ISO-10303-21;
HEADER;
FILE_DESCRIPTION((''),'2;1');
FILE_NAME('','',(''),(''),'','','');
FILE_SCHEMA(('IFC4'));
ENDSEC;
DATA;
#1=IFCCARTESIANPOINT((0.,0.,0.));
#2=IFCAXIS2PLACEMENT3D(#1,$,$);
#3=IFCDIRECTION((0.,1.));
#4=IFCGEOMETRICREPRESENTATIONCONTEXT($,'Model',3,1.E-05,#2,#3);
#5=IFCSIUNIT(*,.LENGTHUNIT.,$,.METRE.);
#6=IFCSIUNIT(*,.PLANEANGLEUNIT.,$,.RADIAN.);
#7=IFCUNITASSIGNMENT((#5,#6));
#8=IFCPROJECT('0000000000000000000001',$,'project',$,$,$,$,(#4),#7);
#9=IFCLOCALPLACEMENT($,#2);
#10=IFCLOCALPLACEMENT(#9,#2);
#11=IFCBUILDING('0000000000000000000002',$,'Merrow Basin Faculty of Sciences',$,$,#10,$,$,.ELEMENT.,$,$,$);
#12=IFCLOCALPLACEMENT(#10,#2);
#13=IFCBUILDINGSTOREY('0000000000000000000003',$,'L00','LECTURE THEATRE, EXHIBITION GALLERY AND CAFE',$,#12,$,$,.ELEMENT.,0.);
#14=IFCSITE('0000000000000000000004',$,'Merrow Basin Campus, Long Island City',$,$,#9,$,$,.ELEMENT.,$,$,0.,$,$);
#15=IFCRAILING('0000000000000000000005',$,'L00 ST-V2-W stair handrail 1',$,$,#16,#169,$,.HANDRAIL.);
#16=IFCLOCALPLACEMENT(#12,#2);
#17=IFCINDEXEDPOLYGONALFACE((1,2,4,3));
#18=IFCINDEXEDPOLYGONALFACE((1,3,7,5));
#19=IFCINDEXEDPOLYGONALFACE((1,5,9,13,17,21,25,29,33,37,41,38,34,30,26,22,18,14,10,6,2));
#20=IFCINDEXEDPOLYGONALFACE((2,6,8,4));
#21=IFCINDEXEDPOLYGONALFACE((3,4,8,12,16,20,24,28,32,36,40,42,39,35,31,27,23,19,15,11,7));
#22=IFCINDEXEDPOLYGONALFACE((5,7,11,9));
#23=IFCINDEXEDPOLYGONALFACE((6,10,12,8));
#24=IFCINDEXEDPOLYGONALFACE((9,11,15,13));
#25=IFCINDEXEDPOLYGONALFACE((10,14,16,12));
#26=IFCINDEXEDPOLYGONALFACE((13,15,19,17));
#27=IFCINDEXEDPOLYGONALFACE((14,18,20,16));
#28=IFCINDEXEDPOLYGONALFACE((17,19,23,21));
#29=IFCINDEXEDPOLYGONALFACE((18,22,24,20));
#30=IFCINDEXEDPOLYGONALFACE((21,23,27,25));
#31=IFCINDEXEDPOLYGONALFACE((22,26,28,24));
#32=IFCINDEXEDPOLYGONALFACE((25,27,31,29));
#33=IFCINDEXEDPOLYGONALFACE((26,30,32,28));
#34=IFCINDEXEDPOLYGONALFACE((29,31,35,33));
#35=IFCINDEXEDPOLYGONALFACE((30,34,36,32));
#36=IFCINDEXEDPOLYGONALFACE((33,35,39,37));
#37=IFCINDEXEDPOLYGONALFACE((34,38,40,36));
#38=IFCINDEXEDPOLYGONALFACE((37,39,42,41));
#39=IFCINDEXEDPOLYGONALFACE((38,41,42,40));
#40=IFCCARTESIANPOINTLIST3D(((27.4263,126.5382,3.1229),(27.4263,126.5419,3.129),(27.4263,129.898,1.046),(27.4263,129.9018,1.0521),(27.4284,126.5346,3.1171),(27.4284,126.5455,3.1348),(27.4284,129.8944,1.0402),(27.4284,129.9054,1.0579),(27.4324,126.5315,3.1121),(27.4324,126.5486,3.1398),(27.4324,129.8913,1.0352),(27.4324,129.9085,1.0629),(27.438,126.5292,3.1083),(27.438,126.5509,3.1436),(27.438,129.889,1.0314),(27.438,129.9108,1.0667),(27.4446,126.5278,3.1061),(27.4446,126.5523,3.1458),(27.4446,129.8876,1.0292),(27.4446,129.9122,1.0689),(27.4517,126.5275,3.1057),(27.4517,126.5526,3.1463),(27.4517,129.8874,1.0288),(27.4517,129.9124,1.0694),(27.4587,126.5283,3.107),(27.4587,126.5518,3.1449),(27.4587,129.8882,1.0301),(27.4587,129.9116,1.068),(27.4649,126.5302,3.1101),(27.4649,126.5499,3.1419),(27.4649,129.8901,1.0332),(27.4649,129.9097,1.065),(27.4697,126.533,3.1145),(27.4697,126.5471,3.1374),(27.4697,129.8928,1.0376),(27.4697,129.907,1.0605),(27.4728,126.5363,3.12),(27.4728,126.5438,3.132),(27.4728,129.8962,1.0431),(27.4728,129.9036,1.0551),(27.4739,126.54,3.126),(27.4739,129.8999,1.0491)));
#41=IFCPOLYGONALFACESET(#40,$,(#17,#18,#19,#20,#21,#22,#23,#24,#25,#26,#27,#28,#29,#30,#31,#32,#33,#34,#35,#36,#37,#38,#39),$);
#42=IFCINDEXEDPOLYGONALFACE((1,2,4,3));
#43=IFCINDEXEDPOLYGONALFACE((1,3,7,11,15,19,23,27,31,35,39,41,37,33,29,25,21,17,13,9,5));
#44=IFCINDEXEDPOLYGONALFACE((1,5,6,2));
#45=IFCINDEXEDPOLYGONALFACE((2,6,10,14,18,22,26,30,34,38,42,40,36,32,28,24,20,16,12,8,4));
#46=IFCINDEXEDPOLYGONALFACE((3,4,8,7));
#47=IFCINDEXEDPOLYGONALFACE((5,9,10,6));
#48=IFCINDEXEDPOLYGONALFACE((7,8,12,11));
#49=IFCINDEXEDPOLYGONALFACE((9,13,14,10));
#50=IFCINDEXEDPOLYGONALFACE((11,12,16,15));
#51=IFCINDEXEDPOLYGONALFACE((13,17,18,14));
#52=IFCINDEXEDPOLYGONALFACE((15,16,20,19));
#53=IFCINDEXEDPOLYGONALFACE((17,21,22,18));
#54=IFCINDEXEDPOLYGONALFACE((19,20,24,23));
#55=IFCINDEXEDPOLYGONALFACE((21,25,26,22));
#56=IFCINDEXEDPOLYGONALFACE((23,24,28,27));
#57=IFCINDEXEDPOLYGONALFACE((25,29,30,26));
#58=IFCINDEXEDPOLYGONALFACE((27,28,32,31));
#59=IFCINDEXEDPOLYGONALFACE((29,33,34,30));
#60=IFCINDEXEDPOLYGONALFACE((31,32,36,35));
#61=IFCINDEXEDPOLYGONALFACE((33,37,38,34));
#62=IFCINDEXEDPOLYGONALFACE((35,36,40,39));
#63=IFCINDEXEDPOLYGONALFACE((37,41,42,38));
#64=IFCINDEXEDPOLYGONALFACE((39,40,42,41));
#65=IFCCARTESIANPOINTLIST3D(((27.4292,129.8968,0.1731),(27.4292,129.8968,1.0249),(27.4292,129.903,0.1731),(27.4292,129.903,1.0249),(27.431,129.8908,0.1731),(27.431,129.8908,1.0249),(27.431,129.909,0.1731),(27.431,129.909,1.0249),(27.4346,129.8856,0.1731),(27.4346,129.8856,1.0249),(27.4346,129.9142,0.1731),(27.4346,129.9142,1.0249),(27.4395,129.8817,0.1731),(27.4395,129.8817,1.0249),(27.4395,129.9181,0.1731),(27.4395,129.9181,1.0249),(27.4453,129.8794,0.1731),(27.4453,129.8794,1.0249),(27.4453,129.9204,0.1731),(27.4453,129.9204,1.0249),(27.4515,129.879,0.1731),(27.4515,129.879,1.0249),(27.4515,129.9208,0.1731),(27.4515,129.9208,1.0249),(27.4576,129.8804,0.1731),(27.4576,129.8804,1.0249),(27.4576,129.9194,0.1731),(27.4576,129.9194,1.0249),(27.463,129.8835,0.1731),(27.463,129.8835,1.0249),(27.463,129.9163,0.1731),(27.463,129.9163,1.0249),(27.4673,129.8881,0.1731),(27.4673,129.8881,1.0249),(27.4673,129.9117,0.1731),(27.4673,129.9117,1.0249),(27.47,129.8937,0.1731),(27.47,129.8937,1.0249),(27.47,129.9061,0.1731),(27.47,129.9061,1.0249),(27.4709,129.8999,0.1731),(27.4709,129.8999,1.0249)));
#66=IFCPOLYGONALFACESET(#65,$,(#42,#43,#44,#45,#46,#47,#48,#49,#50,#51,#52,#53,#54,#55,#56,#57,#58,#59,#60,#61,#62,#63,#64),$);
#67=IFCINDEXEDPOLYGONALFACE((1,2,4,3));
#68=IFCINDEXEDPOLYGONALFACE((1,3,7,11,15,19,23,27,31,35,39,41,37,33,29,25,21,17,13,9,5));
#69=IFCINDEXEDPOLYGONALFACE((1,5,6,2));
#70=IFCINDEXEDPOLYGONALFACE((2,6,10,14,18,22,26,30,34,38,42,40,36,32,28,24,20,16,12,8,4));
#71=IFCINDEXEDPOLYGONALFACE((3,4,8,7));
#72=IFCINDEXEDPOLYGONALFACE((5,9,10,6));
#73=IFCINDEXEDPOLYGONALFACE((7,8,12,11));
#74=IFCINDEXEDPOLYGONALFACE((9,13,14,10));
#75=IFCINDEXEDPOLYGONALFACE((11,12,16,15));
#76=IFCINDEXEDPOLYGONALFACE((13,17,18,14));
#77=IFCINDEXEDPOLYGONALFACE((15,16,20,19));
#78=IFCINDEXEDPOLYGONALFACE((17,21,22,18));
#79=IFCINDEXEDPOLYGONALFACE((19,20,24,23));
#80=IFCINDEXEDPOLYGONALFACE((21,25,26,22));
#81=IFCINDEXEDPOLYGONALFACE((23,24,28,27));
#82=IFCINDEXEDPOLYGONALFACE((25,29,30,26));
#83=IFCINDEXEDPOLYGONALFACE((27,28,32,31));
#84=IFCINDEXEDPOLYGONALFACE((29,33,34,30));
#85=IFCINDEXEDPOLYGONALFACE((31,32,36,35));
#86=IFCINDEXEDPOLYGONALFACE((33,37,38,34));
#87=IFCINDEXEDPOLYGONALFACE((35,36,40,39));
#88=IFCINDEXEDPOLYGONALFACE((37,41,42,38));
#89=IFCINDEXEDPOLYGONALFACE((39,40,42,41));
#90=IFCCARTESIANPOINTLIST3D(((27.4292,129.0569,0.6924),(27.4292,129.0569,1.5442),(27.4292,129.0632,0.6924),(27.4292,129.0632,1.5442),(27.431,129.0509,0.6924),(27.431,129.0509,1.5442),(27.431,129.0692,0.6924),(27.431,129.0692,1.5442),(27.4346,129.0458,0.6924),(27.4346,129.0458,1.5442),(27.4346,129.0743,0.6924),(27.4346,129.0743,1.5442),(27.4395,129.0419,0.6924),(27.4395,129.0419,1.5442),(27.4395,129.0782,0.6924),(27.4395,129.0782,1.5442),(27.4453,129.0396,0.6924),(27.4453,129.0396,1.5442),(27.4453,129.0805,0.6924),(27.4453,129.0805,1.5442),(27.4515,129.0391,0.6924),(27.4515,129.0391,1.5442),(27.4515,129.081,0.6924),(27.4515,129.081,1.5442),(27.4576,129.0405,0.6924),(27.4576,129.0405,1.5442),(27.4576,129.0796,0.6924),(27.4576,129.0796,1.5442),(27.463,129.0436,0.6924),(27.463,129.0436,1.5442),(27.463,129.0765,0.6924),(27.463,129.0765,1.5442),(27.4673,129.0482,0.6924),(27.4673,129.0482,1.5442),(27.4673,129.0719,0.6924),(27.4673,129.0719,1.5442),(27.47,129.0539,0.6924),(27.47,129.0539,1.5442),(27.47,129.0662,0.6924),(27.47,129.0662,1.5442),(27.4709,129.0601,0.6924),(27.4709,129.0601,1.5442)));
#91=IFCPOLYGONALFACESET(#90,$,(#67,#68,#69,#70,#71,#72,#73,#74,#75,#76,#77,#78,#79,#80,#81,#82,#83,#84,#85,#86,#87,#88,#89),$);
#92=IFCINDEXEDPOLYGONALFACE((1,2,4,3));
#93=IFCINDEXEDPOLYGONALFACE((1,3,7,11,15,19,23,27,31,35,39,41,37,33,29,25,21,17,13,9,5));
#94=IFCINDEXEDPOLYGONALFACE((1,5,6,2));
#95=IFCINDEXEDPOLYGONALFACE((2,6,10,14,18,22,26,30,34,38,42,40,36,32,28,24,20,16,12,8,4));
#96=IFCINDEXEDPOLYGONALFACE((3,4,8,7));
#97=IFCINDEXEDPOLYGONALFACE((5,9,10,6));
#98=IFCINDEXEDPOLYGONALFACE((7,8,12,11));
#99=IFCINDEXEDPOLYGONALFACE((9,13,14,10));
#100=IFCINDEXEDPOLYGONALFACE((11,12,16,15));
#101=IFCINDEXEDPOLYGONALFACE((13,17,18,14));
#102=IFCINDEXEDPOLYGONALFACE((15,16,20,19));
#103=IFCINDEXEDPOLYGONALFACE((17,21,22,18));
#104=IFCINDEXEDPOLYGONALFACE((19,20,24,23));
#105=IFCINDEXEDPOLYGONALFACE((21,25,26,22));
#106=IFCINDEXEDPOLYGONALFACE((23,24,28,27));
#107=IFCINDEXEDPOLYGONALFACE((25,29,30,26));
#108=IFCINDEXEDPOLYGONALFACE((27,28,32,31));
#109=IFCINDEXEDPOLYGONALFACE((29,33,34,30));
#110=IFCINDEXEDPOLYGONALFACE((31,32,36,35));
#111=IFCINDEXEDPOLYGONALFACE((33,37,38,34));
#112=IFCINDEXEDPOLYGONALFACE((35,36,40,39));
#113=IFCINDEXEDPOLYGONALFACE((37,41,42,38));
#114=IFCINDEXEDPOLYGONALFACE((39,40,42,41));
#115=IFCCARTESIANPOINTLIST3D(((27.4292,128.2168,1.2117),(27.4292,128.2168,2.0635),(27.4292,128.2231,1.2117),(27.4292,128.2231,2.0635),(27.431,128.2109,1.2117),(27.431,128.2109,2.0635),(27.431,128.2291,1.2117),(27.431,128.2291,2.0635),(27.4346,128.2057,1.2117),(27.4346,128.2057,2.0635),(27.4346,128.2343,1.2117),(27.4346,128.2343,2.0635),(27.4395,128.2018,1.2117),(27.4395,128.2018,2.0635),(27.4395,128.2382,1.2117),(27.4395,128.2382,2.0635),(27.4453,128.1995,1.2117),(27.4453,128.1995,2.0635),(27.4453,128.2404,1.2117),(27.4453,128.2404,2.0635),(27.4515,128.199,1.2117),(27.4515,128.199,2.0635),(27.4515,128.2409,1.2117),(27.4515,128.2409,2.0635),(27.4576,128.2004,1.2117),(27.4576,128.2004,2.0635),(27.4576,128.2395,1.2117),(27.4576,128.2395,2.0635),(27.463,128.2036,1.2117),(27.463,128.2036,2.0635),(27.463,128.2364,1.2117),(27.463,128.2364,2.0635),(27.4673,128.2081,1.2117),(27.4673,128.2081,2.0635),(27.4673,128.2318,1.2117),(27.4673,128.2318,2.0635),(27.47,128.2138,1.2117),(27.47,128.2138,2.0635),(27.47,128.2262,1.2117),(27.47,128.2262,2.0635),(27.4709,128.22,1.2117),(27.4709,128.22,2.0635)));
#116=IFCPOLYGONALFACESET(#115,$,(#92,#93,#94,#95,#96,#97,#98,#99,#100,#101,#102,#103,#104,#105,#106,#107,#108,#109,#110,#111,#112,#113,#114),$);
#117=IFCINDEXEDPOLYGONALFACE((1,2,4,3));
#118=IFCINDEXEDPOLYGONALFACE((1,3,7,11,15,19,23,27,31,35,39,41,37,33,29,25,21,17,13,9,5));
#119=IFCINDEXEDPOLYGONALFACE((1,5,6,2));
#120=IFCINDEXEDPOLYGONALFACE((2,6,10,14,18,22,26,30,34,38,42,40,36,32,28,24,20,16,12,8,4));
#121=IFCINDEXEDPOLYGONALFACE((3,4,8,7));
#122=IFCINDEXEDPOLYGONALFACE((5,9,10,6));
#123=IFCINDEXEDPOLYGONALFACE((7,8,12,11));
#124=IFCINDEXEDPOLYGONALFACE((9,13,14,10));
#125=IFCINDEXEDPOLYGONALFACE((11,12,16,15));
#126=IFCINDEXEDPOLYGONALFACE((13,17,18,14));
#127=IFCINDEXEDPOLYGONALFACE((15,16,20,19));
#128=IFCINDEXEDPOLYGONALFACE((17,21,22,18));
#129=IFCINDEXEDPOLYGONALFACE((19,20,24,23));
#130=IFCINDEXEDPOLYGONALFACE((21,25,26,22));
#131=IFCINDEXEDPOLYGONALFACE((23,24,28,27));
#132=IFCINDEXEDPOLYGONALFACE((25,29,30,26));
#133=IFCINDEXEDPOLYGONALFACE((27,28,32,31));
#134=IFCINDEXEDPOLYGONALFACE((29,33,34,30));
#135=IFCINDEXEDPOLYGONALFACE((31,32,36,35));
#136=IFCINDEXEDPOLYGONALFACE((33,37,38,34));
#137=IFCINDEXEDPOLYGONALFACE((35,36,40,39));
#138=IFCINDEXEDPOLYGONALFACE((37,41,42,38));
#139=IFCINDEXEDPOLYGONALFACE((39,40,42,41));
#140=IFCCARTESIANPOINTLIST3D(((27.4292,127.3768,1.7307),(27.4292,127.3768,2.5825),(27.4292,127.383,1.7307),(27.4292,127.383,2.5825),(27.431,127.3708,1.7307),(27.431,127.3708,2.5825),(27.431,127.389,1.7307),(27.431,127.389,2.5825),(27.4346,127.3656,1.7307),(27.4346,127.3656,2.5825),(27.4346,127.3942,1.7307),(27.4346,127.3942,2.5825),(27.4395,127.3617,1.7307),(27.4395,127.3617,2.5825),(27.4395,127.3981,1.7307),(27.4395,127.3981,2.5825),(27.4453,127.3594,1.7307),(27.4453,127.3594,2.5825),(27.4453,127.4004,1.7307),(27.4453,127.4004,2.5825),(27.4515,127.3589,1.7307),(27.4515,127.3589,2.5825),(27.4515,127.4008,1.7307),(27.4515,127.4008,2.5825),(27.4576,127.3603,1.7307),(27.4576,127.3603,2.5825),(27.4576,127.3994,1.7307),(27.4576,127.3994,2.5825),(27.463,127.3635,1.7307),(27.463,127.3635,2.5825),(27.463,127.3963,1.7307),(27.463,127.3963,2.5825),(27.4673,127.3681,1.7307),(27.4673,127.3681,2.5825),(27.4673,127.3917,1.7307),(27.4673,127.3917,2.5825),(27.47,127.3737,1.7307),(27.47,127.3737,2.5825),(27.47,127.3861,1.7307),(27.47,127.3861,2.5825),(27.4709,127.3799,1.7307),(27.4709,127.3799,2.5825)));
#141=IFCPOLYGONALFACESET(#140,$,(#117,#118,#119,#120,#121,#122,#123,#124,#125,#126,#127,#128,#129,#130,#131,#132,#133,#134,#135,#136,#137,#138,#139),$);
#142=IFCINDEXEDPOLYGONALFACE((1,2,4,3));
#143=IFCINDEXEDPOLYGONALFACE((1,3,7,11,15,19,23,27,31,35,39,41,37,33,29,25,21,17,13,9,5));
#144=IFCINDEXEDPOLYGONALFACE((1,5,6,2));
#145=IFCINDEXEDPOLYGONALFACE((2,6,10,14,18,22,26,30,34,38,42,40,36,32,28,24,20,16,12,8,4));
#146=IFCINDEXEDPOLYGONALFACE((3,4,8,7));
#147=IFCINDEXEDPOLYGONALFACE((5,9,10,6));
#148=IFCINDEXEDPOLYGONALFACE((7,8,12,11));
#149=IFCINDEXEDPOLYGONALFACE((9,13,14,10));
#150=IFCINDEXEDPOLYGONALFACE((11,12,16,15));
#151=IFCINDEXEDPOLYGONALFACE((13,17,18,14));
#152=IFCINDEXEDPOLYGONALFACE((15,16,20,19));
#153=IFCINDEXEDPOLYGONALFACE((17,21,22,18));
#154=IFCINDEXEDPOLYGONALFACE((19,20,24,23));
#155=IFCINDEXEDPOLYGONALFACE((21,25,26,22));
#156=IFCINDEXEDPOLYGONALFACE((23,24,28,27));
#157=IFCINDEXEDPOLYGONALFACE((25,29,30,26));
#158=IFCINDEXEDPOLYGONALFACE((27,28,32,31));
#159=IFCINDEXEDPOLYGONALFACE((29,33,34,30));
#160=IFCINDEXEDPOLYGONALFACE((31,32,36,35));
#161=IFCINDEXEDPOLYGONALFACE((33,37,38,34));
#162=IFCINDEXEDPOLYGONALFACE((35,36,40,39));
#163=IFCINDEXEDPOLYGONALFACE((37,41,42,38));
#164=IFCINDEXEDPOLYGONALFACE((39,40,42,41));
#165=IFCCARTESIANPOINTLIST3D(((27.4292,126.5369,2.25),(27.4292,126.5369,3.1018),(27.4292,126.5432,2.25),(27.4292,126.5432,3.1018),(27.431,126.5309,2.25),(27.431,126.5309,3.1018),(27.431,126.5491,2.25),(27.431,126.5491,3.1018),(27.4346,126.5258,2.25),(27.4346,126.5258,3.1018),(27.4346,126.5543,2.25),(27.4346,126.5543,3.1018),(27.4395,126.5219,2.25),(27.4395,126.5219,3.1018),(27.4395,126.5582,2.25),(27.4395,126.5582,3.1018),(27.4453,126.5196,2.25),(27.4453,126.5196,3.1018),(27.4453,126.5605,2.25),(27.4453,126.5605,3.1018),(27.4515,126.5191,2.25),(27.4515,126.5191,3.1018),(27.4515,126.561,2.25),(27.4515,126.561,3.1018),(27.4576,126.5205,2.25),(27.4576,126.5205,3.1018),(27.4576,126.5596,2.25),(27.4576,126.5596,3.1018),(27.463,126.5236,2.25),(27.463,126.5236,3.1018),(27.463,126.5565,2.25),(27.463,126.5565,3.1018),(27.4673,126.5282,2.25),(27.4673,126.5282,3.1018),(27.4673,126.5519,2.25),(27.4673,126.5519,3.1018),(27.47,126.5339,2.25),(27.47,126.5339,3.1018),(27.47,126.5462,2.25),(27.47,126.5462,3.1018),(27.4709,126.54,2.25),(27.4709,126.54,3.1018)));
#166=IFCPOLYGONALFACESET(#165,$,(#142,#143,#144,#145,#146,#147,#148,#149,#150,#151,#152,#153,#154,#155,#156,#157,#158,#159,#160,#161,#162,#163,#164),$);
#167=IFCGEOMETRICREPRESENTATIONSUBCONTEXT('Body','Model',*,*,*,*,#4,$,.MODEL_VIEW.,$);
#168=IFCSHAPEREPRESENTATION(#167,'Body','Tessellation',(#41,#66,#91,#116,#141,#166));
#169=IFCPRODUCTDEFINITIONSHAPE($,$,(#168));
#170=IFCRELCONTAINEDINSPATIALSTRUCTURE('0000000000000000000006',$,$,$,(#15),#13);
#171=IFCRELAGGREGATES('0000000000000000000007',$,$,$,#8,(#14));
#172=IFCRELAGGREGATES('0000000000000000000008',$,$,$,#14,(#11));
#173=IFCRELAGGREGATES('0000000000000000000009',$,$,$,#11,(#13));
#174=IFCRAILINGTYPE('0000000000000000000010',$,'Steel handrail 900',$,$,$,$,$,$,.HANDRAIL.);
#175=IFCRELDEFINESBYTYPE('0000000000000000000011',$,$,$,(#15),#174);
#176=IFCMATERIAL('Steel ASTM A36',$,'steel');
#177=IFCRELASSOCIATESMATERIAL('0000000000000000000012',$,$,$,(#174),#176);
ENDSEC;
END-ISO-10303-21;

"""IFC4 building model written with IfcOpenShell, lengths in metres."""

from ifc_helpers import new_model, si_unit, direction, frame, origin, origin_2d, place, context, subcontext, project, spatial, circle, extrude, material, type_object, element, save


model = new_model("IFC4")

# Units and contexts
model_context = context("Model", 3, precision=1e-05, world=origin(), true_north=direction((0.0, 1.0)))
body_context = subcontext(model_context, "Body", "Model", "MODEL_VIEW")
ifc_project = project(units=[si_unit("LENGTHUNIT", "METRE"), si_unit("PLANEANGLEUNIT", "RADIAN")], contexts=[model_context])

# Site, building, storey
site_placement = place(None, origin())
site = spatial("IfcSite", under=ifc_project, at=site_placement, Name="Merrow Basin Campus, Long Island City", CompositionType="ELEMENT", RefElevation=0.0)
building_placement = place(site_placement, origin())
building = spatial("IfcBuilding", under=site, at=building_placement, Name="Merrow Basin Faculty of Sciences", CompositionType="ELEMENT")
storey_placement = place(building_placement, origin())
storey = spatial("IfcBuildingStorey", under=building, at=storey_placement, Name="L00", Description="LECTURE THEATRE, EXHIBITION GALLERY AND CAFE", CompositionType="ELEMENT", Elevation=0.0)

# Railing
ifc_material_1 = material(Name="Steel ASTM A36", Category="steel")
railing_type_1 = type_object("IfcRailingType", Name="Steel handrail 900", PredefinedType="HANDRAIL", material=ifc_material_1)
railing_1_placement = place(storey_placement, frame((27.45, 129.8999, 0.1731)))
element("IfcRailing", 1, at=railing_1_placement, inside=storey, type_object=railing_type_1, Name="L00 ST-V2-W stair handrail 1", PredefinedType="HANDRAIL", context=body_context, shape_type="SweptSolid", body=[
    extrude(circle(Radius=0.0239, at=origin_2d()), frame((0.0, 0.0, 0.876), z_axis=(0.0, -0.850606, 0.525803), x_axis=(1.0, 0.0, 0.0)), (0.0, 0.0, 1.0), 3.95),
    extrude(circle(Radius=0.021, at=origin_2d()), origin(), (0.0, 0.0, 1.0), 0.8518),
    extrude(circle(Radius=0.021, at=origin_2d()), frame((0.0, -0.8398, 0.5193)), (0.0, 0.0, 1.0), 0.8518),
    extrude(circle(Radius=0.021, at=origin_2d()), frame((0.0, -1.6799, 1.0386)), (0.0, 0.0, 1.0), 0.8518),
    extrude(circle(Radius=0.021, at=origin_2d()), frame((0.0, -2.52, 1.5576)), (0.0, 0.0, 1.0), 0.8518),
    extrude(circle(Radius=0.021, at=origin_2d()), frame((0.0, -3.3599, 2.0769)), (0.0, 0.0, 1.0), 0.8518),
])

save(model, "model.ifc")
